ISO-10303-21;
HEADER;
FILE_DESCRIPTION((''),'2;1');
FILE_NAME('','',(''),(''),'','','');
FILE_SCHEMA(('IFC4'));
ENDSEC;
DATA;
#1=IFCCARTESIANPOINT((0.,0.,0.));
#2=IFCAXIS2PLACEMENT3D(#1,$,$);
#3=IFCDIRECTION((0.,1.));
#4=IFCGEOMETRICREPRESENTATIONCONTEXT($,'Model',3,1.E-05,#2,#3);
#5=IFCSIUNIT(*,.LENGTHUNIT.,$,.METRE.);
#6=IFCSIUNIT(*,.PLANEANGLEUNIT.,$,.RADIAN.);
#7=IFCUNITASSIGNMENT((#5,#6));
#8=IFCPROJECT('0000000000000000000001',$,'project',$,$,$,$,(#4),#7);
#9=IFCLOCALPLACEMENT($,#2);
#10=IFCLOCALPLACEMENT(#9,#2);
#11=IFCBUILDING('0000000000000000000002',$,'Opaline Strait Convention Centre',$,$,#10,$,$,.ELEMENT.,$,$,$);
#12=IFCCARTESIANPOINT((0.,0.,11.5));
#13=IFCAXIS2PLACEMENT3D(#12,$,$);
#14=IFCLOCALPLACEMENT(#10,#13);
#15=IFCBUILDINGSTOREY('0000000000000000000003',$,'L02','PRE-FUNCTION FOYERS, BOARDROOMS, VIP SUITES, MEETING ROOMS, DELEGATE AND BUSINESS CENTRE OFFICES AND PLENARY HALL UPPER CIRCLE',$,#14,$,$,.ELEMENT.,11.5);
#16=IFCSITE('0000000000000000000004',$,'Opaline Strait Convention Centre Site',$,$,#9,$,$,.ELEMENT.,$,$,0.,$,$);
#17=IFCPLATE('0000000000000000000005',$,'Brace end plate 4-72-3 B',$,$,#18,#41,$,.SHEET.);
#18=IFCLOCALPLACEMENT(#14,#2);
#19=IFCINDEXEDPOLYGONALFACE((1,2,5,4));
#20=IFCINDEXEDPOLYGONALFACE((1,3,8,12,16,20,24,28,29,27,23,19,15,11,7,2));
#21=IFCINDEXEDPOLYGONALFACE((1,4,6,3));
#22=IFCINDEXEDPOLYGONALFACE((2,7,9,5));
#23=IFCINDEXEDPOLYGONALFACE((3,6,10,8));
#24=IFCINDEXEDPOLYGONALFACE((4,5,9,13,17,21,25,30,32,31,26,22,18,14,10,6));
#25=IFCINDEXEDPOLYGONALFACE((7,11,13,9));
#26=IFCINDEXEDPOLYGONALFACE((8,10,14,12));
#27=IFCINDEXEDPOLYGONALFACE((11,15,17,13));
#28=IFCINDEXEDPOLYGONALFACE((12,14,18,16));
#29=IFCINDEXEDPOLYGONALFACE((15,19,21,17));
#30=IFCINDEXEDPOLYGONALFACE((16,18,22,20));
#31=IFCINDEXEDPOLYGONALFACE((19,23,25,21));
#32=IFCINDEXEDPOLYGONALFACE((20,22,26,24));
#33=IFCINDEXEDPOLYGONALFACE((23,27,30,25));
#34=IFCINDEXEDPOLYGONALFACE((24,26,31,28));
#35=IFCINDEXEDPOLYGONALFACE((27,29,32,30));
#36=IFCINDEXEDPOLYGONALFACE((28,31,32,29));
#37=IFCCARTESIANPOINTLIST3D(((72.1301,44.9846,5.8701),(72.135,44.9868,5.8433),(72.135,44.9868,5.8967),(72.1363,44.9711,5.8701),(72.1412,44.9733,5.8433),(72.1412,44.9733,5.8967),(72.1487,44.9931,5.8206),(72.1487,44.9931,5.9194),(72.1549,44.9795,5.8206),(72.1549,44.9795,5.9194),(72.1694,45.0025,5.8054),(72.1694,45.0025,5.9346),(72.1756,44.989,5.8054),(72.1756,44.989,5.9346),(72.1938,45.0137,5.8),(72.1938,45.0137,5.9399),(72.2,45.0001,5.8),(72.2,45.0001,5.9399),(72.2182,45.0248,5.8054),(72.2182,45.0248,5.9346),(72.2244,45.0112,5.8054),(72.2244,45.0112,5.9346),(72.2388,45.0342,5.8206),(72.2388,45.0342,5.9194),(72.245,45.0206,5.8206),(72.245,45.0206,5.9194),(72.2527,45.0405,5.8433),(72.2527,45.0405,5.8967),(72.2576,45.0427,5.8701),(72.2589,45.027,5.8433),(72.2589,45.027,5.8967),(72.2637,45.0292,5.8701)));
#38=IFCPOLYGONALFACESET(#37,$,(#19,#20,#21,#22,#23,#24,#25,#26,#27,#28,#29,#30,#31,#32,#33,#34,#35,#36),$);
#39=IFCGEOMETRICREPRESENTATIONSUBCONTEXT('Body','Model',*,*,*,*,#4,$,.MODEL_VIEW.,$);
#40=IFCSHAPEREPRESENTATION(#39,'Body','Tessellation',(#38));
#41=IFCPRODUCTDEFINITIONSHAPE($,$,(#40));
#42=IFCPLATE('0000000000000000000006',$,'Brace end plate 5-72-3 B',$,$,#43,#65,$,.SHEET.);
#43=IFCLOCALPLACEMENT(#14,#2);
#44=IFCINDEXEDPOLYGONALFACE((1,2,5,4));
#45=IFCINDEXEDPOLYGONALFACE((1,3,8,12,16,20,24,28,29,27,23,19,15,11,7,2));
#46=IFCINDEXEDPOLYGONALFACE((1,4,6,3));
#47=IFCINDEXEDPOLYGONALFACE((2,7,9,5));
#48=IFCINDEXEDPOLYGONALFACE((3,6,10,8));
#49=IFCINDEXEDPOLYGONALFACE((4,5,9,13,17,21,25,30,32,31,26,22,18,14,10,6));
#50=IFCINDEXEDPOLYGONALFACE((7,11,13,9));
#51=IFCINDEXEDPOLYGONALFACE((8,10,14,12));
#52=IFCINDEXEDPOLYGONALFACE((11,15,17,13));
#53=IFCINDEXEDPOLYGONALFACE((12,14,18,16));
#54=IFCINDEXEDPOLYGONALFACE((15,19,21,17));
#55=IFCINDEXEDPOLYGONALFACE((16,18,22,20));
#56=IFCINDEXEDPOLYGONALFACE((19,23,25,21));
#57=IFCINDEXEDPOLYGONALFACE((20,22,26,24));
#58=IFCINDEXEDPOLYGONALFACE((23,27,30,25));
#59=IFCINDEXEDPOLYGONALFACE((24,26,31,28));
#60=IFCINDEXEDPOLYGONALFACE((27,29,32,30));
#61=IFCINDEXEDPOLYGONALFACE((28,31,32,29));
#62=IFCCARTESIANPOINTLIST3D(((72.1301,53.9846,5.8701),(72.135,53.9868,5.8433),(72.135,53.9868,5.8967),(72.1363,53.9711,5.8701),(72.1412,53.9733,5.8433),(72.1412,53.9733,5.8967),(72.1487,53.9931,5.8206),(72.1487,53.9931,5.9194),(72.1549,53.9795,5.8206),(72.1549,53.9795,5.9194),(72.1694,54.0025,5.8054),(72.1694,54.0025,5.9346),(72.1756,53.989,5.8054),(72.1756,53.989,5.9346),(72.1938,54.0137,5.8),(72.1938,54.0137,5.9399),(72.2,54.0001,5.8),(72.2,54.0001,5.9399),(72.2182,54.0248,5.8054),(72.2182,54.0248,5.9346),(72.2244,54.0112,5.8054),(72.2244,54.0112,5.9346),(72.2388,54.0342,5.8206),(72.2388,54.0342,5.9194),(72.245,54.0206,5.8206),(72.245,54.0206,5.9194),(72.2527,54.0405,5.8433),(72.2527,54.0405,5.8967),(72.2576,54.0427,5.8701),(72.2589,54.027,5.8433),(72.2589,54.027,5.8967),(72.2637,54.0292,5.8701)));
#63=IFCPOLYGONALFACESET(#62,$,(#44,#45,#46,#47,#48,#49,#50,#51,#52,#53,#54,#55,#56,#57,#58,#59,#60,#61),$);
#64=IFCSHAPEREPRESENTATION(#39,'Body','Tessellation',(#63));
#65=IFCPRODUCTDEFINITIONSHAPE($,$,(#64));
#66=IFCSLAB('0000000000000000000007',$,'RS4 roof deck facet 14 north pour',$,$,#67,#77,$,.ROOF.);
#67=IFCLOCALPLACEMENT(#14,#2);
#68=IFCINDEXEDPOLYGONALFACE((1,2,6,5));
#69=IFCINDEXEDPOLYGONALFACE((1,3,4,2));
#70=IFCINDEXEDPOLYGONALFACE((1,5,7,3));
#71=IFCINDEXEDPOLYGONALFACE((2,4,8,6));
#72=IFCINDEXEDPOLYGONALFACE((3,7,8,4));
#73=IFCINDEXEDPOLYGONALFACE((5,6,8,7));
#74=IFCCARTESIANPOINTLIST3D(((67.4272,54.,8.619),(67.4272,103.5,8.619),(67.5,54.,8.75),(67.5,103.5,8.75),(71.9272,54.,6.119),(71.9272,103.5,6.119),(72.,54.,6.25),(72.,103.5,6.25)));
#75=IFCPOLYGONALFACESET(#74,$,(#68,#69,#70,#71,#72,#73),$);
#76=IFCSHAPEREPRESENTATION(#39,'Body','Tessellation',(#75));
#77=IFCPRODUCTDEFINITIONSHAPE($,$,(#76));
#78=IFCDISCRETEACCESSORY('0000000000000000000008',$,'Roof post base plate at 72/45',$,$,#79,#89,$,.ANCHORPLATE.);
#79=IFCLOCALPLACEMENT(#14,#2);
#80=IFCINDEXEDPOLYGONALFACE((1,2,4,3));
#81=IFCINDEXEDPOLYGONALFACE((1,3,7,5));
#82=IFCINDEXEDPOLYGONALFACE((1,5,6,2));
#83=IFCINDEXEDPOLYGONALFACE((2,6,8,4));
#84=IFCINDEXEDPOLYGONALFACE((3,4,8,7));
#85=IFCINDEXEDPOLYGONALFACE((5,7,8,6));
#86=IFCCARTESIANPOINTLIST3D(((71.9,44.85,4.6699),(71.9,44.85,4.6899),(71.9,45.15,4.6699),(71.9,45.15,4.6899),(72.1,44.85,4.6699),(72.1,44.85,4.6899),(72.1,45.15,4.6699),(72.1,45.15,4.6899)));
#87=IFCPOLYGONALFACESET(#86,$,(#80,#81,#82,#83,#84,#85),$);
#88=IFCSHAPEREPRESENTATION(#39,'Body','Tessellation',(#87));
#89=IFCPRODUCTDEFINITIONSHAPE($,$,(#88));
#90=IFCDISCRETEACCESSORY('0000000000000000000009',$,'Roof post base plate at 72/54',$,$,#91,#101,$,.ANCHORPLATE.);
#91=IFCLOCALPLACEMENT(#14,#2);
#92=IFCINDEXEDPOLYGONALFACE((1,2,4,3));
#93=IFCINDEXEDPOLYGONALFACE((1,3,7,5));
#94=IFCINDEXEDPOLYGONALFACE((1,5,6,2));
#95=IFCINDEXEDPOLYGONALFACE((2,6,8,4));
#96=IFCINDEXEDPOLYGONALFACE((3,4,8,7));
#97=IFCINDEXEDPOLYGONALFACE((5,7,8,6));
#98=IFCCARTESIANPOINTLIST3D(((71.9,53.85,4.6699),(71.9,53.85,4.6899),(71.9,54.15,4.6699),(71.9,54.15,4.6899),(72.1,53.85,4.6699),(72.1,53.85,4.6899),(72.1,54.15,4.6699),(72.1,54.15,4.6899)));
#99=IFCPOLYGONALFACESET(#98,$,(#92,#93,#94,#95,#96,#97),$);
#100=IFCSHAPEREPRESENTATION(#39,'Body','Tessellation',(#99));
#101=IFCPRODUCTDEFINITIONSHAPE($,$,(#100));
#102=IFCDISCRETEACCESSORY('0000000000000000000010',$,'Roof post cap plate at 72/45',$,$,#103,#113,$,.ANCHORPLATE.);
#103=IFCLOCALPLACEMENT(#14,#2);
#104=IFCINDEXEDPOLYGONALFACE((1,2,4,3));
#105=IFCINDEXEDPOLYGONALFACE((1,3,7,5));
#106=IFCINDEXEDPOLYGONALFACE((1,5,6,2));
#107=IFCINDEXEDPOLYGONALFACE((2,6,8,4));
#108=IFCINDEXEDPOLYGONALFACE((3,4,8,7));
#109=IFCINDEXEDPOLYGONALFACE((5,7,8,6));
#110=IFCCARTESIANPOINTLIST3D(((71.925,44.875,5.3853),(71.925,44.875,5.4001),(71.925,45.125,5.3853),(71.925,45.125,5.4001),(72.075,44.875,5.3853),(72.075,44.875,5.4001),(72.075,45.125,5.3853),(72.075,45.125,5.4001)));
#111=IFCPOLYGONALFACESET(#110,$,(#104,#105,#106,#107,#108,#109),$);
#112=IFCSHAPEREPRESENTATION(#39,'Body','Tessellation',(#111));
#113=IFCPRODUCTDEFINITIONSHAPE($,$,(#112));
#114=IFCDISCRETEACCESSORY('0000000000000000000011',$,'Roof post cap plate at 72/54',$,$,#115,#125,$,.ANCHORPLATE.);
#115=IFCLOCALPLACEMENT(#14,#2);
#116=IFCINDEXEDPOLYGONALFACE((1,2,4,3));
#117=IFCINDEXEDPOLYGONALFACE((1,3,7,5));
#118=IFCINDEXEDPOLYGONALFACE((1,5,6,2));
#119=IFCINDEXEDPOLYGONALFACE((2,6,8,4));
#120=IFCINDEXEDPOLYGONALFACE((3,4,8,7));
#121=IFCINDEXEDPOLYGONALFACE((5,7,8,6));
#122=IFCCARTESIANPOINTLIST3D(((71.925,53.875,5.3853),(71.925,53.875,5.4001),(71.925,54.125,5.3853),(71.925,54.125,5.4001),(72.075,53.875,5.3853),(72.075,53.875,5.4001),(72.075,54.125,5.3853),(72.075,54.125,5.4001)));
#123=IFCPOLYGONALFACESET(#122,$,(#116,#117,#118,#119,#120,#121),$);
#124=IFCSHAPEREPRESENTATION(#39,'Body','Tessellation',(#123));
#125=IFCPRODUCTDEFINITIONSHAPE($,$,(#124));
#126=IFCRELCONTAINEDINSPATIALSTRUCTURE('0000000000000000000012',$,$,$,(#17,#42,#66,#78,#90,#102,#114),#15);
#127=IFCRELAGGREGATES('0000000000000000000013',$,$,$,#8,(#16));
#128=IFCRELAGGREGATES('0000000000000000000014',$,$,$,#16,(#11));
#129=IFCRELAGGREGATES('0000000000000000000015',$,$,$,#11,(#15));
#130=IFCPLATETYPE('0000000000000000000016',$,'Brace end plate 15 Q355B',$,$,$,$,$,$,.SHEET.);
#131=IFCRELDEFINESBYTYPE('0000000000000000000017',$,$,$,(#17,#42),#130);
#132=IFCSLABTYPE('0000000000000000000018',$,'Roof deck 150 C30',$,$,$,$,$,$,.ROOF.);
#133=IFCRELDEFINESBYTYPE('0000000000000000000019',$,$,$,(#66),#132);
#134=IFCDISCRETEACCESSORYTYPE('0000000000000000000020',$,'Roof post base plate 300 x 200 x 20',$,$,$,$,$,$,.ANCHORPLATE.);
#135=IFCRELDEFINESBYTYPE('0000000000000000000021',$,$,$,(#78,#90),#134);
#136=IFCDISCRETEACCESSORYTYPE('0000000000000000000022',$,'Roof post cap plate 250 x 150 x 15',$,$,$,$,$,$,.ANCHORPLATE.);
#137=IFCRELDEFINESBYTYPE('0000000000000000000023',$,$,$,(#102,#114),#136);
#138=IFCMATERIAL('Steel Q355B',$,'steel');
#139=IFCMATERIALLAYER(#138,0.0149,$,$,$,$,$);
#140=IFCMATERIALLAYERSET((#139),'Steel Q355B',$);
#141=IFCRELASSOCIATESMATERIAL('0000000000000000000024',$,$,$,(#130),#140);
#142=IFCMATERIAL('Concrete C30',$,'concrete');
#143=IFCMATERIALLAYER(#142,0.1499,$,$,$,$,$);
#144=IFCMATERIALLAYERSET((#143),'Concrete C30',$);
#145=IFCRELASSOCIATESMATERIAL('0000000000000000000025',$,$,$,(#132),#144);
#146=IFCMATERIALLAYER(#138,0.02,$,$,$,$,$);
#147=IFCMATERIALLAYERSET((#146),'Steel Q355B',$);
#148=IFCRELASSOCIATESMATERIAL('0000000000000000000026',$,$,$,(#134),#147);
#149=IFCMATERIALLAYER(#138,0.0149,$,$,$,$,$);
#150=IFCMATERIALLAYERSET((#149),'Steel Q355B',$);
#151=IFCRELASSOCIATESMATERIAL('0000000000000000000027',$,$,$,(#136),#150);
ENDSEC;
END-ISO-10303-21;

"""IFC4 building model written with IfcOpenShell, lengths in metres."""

from ifc_helpers import new_model, si_unit, direction, frame, origin, origin_2d, place, context, subcontext, project, spatial, polyline, rectangle, outline, extrude, material, layer, layer_set, type_object, element, save


model = new_model("IFC4")

# Units and contexts
model_context = context("Model", 3, precision=1e-05, world=origin(), true_north=direction((0.0, 1.0)))
body_context = subcontext(model_context, "Body", "Model", "MODEL_VIEW")
ifc_project = project(units=[si_unit("LENGTHUNIT", "METRE"), si_unit("PLANEANGLEUNIT", "RADIAN")], contexts=[model_context])

# Site, building, storey
site_placement = place(None, origin())
site = spatial("IfcSite", under=ifc_project, at=site_placement, Name="Opaline Strait Convention Centre Site", CompositionType="ELEMENT", RefElevation=0.0)
building_placement = place(site_placement, origin())
building = spatial("IfcBuilding", under=site, at=building_placement, Name="Opaline Strait Convention Centre", CompositionType="ELEMENT")
storey_placement = place(building_placement, frame((0.0, 0.0, 11.5)))
storey = spatial("IfcBuildingStorey", under=building, at=storey_placement, Name="L02", Description="PRE-FUNCTION FOYERS, BOARDROOMS, VIP SUITES, MEETING ROOMS, DELEGATE AND BUSINESS CENTRE OFFICES AND PLENARY HALL UPPER CIRCLE", CompositionType="ELEMENT", Elevation=11.5)

# Shared definitions
ifc_material_1 = material(Name="Steel Q355B", Category="steel")

# Plates
ifc_layer_1 = layer(ifc_material_1, 0.0149)
ifc_layer_set_1 = layer_set([ifc_layer_1], Name="Steel Q355B")
plate_type = type_object("IfcPlateType", Name="Brace end plate 15 Q355B", PredefinedType="SHEET", material=ifc_layer_set_1)
for number, where, z_axis, x_axis, name in (
    (1, (72.2576, 45.0427, 5.8701), (-0.414837, 0.909896, 0.0), (-0.177911, -0.081112, -0.980698), "Brace end plate 4-72-3 B"),
    (2, (72.2576, 54.0427, 5.8701), (-0.414837, 0.909896, 0.0), (-0.177911, -0.081112, -0.980698), "Brace end plate 5-72-3 B"),
):
    element("IfcPlate", number, at=place(storey_placement, frame(where, z_axis=z_axis, x_axis=x_axis)), inside=storey, type_object=plate_type, Name=name, PredefinedType="SHEET", context=body_context, shape_type="SweptSolid", body=[
        extrude(outline(polyline([(0.0, 0.0), (0.0274, 0.0), (0.0526, 0.0106), (0.0719, 0.0298), (0.0824, 0.055), (0.0824, 0.0824), (0.072, 0.1076), (0.0527, 0.1269), (0.0274, 0.1374), (0.0002, 0.1373), (-0.025, 0.127), (-0.0443, 0.1076), (-0.0548, 0.0823), (-0.0548, 0.055), (-0.0443, 0.0299), (-0.0251, 0.0105), (0.0, 0.0)])), origin(), (0.0, 0.0, -1.0), 0.0149),
    ])

# Slab
ifc_material_2 = material(Name="Concrete C30", Category="concrete")
ifc_layer_2 = layer(ifc_material_2, 0.1499)
ifc_layer_set_2 = layer_set([ifc_layer_2], Name="Concrete C30")
slab_type = type_object("IfcSlabType", Name="Roof deck 150 C30", PredefinedType="ROOF", material=ifc_layer_set_2)
slab_placement = place(storey_placement, frame((67.5, 54.0, 8.75), z_axis=(0.485643, 0.0, 0.874157), x_axis=(0.874157, 0.0, -0.485643)))
element("IfcSlab", 3, at=slab_placement, inside=storey, type_object=slab_type, Name="RS4 roof deck facet 14 north pour", PredefinedType="ROOF", context=body_context, shape_type="SweptSolid", body=[
    extrude(outline(polyline([(0.0, 0.0), (5.1478, 0.0), (5.1478, 49.5), (0.0, 49.5), (0.0, 0.0)])), origin(), (0.0, 0.0, -1.0), 0.1499),
])

# Discrete accessories
ifc_layer_3 = layer(ifc_material_1, 0.02)
ifc_layer_set_3 = layer_set([ifc_layer_3], Name="Steel Q355B")
discrete_accessory_type_1 = type_object("IfcDiscreteAccessoryType", Name="Roof post base plate 300 x 200 x 20", PredefinedType="ANCHORPLATE", material=ifc_layer_set_3)
for number, where, z_axis, x_axis, name in (
    (4, (72.0, 45.0, 4.6699), (0.0, 0.0, 1.0), (1.0, 0.0, 0.0), "Roof post base plate at 72/45"),
    (5, (72.0, 54.0, 4.6699), (0.0, 0.0, 1.0), (1.0, 0.0, 0.0), "Roof post base plate at 72/54"),
):
    element("IfcDiscreteAccessory", number, at=place(storey_placement, frame(where, z_axis=z_axis, x_axis=x_axis)), inside=storey, type_object=discrete_accessory_type_1, Name=name, PredefinedType="ANCHORPLATE", context=body_context, shape_type="SweptSolid", body=[
        extrude(rectangle(XDim=0.2, YDim=0.3, at=origin_2d()), origin(), (0.0, 0.0, 1.0), 0.02),
    ])
ifc_layer_4 = layer(ifc_material_1, 0.0149)
ifc_layer_set_4 = layer_set([ifc_layer_4], Name="Steel Q355B")
discrete_accessory_type_2 = type_object("IfcDiscreteAccessoryType", Name="Roof post cap plate 250 x 150 x 15", PredefinedType="ANCHORPLATE", material=ifc_layer_set_4)
for number, where, z_axis, x_axis, name in (
    (6, (72.0, 45.0, 5.3853), (0.0, 0.0, 1.0), (1.0, 0.0, 0.0), "Roof post cap plate at 72/45"),
    (7, (72.0, 54.0, 5.3853), (0.0, 0.0, 1.0), (1.0, 0.0, 0.0), "Roof post cap plate at 72/54"),
):
    element("IfcDiscreteAccessory", number, at=place(storey_placement, frame(where, z_axis=z_axis, x_axis=x_axis)), inside=storey, type_object=discrete_accessory_type_2, Name=name, PredefinedType="ANCHORPLATE", context=body_context, shape_type="SweptSolid", body=[
        extrude(rectangle(XDim=0.1499, YDim=0.25, at=origin_2d()), origin(), (0.0, 0.0, 1.0), 0.0149),
    ])

save(model, "model.ifc")
